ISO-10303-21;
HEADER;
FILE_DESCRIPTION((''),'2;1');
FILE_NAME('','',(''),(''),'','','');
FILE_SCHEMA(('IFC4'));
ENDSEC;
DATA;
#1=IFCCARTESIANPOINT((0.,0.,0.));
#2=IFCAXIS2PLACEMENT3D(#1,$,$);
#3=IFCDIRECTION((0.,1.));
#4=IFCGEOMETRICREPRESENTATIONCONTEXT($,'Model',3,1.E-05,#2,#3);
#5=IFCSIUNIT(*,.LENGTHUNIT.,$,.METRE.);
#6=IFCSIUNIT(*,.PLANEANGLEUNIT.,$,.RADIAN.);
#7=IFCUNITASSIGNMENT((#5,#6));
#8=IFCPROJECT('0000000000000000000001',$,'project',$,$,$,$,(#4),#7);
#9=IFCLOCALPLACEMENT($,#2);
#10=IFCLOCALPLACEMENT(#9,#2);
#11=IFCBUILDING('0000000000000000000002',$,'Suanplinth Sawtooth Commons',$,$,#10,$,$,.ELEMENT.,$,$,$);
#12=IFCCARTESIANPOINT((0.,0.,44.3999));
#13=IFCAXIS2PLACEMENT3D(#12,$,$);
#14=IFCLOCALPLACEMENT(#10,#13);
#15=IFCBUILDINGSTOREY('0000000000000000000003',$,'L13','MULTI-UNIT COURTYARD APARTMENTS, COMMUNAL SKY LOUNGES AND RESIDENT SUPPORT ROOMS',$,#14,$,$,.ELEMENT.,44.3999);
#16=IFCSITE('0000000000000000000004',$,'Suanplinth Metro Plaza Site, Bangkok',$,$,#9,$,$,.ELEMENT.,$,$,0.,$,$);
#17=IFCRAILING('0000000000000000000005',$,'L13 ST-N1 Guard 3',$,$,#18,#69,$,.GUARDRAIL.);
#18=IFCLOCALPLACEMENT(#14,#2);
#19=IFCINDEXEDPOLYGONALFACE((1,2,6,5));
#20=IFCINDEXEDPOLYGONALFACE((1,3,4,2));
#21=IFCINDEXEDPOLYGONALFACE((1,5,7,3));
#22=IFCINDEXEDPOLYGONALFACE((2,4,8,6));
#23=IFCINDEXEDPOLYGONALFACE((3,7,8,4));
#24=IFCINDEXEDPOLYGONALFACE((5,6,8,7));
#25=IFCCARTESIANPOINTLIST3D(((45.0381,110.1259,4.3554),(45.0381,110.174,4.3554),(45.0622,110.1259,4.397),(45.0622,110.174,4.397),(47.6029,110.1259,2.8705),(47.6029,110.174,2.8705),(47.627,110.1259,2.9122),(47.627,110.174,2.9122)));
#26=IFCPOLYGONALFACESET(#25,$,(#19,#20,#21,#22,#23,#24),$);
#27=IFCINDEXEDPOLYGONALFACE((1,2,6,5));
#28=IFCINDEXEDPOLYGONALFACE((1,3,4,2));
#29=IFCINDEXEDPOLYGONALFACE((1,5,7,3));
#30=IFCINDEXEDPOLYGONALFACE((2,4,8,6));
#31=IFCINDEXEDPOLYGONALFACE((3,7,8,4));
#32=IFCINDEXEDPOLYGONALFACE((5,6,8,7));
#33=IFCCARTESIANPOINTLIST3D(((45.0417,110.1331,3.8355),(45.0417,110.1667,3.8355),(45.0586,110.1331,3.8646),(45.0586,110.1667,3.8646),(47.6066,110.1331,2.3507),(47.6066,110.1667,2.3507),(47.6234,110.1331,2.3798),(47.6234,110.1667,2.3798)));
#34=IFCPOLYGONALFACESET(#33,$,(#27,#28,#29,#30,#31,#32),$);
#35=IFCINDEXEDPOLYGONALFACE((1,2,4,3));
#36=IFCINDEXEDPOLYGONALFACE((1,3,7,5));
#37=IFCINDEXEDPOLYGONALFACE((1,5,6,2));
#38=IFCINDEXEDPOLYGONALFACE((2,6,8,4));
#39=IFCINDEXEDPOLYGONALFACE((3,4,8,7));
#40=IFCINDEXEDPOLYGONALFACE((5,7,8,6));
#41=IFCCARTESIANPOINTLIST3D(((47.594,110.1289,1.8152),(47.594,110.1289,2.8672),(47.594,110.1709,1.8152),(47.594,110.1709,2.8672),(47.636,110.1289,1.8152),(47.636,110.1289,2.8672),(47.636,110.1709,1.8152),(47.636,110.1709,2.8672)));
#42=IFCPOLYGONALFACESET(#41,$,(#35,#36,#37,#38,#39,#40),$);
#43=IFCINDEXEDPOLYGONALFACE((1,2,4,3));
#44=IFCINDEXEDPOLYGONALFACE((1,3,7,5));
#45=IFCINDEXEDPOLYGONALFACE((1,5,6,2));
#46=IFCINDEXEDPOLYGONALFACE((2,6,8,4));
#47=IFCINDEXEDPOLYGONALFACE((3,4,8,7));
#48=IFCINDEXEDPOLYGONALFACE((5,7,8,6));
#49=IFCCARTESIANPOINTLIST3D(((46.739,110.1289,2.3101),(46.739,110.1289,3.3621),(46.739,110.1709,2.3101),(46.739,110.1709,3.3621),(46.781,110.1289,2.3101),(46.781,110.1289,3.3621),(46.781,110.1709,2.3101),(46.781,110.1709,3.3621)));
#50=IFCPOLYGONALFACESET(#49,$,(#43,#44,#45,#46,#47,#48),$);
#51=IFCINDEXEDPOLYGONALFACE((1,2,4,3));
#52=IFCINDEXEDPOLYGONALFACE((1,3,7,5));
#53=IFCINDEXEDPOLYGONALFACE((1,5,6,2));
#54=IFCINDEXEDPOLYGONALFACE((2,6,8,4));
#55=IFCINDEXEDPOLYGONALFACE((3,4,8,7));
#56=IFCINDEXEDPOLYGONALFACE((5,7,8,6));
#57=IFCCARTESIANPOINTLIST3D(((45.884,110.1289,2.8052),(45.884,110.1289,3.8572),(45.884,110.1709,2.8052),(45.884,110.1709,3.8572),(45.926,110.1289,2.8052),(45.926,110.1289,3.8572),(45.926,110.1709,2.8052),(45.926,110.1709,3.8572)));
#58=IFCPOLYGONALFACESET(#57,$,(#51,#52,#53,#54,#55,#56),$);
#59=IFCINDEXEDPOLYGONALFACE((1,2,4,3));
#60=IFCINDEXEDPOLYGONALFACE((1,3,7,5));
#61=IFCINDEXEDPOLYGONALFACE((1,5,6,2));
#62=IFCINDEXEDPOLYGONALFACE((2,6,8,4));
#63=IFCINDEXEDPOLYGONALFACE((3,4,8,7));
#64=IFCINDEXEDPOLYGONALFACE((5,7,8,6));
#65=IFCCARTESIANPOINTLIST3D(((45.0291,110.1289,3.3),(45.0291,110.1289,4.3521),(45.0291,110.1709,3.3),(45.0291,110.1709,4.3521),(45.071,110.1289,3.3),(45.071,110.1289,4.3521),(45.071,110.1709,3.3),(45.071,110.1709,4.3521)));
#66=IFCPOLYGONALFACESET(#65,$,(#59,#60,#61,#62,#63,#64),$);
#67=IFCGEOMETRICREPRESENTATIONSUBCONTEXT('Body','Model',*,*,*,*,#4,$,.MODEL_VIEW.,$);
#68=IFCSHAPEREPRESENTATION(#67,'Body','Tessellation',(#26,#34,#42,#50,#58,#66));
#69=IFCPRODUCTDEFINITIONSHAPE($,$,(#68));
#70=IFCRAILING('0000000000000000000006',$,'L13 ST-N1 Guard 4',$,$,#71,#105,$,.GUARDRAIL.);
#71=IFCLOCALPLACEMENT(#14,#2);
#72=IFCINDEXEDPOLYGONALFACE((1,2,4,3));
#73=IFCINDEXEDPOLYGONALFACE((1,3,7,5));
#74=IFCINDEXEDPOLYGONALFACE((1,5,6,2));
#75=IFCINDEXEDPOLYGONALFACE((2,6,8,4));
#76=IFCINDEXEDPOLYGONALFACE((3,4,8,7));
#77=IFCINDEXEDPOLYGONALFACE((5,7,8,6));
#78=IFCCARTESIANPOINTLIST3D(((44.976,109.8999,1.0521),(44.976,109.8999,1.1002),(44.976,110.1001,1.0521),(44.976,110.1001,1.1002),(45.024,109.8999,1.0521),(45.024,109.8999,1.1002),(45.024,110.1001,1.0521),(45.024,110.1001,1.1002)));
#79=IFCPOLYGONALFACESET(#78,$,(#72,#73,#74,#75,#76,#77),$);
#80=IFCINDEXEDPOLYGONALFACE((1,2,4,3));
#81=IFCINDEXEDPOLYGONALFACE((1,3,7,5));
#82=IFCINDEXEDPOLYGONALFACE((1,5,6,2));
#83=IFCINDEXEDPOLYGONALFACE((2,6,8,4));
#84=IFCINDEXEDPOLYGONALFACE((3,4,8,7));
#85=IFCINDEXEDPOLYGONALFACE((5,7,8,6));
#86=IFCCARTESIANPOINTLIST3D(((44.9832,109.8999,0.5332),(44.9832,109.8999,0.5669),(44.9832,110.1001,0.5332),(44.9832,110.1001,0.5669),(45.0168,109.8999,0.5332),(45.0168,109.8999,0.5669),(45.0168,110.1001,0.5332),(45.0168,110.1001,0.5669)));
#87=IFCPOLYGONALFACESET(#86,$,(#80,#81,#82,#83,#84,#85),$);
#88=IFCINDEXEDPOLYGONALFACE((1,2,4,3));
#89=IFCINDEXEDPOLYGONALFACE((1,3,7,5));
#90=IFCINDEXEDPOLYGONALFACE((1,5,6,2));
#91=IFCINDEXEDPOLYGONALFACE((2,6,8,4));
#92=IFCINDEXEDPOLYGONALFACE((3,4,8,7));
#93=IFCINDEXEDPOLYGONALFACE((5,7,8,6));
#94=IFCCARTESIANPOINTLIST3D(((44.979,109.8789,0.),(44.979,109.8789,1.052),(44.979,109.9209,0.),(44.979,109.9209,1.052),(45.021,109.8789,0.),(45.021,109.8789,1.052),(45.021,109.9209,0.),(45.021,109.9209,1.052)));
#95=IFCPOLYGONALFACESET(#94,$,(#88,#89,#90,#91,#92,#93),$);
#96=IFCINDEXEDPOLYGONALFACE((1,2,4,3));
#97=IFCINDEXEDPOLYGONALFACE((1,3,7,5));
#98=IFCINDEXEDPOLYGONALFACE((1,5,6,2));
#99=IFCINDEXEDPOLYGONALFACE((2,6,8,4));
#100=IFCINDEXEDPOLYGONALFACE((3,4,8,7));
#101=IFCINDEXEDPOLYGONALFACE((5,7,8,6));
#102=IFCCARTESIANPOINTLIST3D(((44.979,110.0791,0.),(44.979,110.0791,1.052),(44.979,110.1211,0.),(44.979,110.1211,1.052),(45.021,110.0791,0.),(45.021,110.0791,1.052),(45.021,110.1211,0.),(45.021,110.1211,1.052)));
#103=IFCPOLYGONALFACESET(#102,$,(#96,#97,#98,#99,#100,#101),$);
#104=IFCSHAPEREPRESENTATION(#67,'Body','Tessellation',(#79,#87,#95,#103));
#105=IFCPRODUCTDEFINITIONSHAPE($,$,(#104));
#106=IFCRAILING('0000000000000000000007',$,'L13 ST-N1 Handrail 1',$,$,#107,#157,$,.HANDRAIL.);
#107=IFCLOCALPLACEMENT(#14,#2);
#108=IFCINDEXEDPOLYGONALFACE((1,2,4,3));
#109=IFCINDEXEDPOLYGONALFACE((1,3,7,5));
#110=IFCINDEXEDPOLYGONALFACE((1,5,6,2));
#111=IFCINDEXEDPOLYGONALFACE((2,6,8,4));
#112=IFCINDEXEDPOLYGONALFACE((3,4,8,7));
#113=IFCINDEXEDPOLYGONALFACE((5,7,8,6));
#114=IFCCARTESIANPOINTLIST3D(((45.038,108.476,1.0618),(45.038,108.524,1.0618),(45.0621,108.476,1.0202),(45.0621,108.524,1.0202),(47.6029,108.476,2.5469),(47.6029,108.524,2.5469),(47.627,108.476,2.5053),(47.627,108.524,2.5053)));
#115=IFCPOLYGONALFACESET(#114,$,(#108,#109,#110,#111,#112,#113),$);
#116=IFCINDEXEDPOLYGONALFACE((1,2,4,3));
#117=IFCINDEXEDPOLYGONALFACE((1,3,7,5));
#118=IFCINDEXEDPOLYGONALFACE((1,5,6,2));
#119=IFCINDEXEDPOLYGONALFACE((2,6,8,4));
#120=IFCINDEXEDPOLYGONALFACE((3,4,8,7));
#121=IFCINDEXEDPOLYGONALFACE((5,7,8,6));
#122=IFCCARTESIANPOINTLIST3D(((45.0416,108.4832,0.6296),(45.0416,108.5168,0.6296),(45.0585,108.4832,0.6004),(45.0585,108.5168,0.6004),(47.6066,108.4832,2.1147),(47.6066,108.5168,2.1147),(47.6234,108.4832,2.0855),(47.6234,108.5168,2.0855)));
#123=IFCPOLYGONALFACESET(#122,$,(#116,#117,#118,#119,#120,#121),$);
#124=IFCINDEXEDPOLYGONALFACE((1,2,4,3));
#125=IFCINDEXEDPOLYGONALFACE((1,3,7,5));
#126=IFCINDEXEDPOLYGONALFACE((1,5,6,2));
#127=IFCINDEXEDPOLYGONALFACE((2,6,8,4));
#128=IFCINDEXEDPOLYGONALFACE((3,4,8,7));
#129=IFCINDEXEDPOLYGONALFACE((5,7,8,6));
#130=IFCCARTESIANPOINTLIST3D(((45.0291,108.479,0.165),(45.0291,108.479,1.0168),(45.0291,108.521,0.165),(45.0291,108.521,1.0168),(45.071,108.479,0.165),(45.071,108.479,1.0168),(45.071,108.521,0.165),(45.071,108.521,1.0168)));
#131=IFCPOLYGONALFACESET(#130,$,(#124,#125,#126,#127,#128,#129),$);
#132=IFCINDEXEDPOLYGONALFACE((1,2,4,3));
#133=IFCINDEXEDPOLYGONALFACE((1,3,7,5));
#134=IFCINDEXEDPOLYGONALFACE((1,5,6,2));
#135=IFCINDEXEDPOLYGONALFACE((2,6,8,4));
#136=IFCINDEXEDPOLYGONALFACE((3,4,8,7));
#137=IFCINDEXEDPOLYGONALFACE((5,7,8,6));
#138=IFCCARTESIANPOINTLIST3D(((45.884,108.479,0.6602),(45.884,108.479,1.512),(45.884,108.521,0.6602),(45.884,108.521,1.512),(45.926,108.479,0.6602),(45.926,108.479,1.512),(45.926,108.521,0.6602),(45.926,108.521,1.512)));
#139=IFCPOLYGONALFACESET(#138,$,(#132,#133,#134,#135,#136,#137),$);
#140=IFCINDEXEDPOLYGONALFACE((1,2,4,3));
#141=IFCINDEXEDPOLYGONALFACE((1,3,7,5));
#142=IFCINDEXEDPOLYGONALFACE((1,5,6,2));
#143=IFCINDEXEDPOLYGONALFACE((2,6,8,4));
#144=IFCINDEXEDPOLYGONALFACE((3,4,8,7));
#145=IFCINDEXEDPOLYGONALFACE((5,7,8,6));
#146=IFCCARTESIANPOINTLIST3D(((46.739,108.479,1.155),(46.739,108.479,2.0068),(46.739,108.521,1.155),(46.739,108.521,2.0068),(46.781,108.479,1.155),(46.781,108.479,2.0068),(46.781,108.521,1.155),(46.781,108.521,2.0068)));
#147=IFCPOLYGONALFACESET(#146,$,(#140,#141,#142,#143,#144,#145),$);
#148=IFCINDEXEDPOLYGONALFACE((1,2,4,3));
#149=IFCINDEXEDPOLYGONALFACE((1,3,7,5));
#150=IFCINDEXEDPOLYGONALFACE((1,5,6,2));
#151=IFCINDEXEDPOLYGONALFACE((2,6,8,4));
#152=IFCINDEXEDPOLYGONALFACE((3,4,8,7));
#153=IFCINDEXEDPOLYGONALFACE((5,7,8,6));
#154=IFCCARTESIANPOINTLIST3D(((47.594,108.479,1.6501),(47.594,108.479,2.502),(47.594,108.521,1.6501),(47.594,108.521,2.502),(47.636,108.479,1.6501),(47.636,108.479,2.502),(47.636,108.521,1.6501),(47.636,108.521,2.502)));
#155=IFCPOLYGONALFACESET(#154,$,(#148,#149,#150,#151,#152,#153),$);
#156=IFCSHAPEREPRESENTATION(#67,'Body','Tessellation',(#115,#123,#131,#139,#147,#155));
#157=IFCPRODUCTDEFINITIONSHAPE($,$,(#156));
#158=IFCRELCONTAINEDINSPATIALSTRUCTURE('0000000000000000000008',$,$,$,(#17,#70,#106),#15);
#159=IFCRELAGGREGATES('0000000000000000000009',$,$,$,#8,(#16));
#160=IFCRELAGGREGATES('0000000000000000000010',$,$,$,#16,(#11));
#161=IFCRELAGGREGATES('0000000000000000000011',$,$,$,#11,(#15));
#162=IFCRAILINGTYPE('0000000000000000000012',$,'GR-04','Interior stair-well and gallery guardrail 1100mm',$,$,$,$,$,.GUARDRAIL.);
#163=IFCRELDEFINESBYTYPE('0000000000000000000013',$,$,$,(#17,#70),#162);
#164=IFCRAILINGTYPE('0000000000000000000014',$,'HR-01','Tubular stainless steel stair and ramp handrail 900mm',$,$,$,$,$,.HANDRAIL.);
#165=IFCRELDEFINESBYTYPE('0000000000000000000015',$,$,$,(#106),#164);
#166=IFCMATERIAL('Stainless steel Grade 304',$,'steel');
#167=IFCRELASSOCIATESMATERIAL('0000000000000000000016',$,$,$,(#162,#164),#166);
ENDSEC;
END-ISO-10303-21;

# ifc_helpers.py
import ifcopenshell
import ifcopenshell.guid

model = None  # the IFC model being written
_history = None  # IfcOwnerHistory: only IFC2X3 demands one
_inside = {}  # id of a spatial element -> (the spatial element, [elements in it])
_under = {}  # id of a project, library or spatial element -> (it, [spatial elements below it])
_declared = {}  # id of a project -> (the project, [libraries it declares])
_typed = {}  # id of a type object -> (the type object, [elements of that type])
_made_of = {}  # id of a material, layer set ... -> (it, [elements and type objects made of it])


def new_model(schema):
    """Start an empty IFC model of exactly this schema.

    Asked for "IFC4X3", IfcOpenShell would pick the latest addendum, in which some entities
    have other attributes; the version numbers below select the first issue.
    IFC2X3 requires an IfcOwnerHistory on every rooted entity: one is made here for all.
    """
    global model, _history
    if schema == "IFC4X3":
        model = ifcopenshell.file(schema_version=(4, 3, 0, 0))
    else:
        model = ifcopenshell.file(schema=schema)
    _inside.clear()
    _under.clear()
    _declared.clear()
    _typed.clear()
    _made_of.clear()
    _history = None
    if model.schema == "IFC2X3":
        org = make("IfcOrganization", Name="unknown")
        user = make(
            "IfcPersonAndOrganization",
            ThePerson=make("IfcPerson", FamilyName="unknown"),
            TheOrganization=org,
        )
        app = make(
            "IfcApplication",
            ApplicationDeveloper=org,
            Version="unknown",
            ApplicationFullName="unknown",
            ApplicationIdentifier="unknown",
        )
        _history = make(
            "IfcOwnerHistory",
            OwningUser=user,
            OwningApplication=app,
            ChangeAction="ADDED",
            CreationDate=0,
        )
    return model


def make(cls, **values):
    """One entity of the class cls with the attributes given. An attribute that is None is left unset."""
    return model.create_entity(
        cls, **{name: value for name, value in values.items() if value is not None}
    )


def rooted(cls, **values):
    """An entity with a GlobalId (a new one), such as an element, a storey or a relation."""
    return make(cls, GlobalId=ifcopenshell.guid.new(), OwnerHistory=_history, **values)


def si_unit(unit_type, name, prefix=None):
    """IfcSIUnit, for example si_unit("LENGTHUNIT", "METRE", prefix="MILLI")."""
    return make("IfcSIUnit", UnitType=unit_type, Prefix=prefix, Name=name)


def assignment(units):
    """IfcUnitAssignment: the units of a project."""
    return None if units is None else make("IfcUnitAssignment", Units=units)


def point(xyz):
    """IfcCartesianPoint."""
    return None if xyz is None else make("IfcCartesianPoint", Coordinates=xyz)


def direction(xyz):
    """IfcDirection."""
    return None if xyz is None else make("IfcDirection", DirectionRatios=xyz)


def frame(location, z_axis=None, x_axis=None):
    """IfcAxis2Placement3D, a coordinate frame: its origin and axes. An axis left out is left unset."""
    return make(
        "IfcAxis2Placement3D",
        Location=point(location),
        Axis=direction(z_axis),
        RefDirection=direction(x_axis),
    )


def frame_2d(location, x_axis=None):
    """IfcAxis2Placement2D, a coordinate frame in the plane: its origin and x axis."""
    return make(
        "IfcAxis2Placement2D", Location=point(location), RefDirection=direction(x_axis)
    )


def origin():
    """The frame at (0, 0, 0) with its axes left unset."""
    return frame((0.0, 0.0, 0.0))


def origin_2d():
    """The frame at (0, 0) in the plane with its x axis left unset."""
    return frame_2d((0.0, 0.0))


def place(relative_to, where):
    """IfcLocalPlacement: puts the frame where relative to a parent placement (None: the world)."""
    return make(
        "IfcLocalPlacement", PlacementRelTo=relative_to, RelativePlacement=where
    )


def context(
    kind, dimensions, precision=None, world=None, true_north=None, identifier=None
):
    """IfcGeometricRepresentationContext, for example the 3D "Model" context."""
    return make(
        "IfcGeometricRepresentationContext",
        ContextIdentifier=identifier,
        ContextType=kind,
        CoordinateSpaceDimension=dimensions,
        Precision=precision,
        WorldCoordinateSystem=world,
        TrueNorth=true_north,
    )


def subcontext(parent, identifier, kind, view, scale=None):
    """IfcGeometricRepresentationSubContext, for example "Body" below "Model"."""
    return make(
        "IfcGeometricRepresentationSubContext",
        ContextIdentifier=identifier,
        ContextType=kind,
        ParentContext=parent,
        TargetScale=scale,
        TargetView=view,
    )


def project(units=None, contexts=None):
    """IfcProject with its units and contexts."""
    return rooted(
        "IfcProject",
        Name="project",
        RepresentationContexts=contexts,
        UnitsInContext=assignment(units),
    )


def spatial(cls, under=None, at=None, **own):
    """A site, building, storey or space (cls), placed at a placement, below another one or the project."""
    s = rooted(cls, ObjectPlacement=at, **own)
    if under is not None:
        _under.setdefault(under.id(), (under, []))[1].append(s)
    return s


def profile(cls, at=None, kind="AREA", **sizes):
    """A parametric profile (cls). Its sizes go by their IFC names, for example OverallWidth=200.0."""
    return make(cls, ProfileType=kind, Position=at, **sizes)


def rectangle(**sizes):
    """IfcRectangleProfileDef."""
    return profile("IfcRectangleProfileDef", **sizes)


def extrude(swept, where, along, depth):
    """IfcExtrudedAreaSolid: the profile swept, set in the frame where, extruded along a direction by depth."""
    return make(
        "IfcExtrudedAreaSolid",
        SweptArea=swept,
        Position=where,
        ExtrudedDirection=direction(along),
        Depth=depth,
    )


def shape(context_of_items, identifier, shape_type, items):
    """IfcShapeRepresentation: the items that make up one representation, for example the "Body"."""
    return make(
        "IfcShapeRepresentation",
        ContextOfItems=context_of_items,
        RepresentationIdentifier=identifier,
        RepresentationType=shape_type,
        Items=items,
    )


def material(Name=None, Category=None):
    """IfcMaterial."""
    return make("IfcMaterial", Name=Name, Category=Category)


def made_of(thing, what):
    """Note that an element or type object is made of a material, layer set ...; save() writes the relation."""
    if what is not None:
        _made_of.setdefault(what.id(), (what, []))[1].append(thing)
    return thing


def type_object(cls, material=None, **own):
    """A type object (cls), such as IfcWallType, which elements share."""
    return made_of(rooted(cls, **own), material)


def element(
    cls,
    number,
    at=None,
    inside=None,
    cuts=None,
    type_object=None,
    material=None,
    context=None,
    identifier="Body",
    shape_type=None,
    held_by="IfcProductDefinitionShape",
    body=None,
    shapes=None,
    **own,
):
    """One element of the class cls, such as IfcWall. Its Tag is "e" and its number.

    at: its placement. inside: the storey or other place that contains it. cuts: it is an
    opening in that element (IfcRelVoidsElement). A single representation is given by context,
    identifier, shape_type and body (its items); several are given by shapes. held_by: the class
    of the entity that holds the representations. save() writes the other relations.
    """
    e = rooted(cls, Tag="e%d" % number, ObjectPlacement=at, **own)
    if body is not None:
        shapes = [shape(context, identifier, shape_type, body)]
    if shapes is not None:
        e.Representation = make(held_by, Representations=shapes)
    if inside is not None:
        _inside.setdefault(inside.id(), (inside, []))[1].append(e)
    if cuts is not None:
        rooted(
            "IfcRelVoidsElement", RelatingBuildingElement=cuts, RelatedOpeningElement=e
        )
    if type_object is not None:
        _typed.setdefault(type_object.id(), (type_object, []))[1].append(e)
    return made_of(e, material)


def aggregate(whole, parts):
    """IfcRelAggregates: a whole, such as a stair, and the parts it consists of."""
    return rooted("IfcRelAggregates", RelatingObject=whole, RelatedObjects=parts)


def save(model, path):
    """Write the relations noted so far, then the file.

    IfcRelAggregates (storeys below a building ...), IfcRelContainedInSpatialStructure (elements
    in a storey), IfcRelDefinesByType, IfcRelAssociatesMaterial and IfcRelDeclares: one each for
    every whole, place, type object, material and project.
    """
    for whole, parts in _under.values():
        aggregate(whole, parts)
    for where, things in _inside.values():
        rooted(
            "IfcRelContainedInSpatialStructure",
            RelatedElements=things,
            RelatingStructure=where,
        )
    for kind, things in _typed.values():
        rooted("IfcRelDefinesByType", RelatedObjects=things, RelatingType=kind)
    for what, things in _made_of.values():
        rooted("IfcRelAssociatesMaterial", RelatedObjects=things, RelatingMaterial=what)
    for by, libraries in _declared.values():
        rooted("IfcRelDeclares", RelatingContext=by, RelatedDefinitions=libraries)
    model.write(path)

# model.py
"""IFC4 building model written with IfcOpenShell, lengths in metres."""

from ifc_helpers import new_model, si_unit, direction, frame, origin, origin_2d, place, context, subcontext, project, spatial, rectangle, extrude, material, type_object, element, save


model = new_model("IFC4")

# Units and contexts
model_context = context("Model", 3, precision=1e-05, world=origin(), true_north=direction((0.0, 1.0)))
body_context = subcontext(model_context, "Body", "Model", "MODEL_VIEW")
ifc_project = project(units=[si_unit("LENGTHUNIT", "METRE"), si_unit("PLANEANGLEUNIT", "RADIAN")], contexts=[model_context])

# Site, building, storey
site_placement = place(None, origin())
site = spatial("IfcSite", under=ifc_project, at=site_placement, Name="Suanplinth Metro Plaza Site, Bangkok", CompositionType="ELEMENT", RefElevation=0.0)
building_placement = place(site_placement, origin())
building = spatial("IfcBuilding", under=site, at=building_placement, Name="Suanplinth Sawtooth Commons", CompositionType="ELEMENT")
storey_placement = place(building_placement, frame((0.0, 0.0, 44.3999)))
storey = spatial("IfcBuildingStorey", under=building, at=storey_placement, Name="L13", Description="MULTI-UNIT COURTYARD APARTMENTS, COMMUNAL SKY LOUNGES AND RESIDENT SUPPORT ROOMS", CompositionType="ELEMENT", Elevation=44.3999)

# Railings
ifc_material_1 = material(Name="Stainless steel Grade 304", Category="steel")
railing_type_1 = type_object("IfcRailingType", Name="GR-04", Description="Interior stair-well and gallery guardrail 1100mm", PredefinedType="GUARDRAIL", material=ifc_material_1)
railing_1_placement = place(storey_placement, frame((47.615, 110.1499, 1.8152)))
element("IfcRailing", 1, at=railing_1_placement, inside=storey, type_object=railing_type_1, Name="L13 ST-N1 Guard 3", PredefinedType="GUARDRAIL", context=body_context, shape_type="SweptSolid", body=[
    extrude(rectangle(XDim=0.0481, YDim=0.0481, at=origin_2d()), frame((0.0, 0.0, 1.0762), z_axis=(-0.865441, 0.0, 0.50101), x_axis=(0.0, -1.0, 0.0)), (0.0, 0.0, 1.0), 2.9636),
    extrude(rectangle(XDim=0.0337, YDim=0.0337, at=origin_2d()), frame((0.0, 0.0, 0.55), z_axis=(-0.865441, 0.0, 0.50101), x_axis=(0.0, -1.0, 0.0)), (0.0, 0.0, 1.0), 2.9636),
    extrude(rectangle(XDim=0.042, YDim=0.042, at=origin_2d()), origin(), (0.0, 0.0, 1.0), 1.052),
    extrude(rectangle(XDim=0.042, YDim=0.042, at=origin_2d()), frame((-0.855, 0.0, 0.4949)), (0.0, 0.0, 1.0), 1.052),
    extrude(rectangle(XDim=0.042, YDim=0.042, at=origin_2d()), frame((-1.71, 0.0, 0.99)), (0.0, 0.0, 1.0), 1.052),
    extrude(rectangle(XDim=0.042, YDim=0.042, at=origin_2d()), frame((-2.5649, 0.0, 1.4849)), (0.0, 0.0, 1.0), 1.052),
])
railing_2_placement = place(storey_placement, frame((45.0, 109.8999, 0.0)))
element("IfcRailing", 2, at=railing_2_placement, inside=storey, type_object=railing_type_1, Name="L13 ST-N1 Guard 4", PredefinedType="GUARDRAIL", context=body_context, shape_type="SweptSolid", body=[
    extrude(rectangle(XDim=0.0481, YDim=0.0481, at=origin_2d()), frame((0.0, 0.0, 1.0762), z_axis=(0.0, 1.0, 0.0), x_axis=(-1.0, 0.0, 0.0)), (0.0, 0.0, 1.0), 0.2002),
    extrude(rectangle(XDim=0.0337, YDim=0.0337, at=origin_2d()), frame((0.0, 0.0, 0.55), z_axis=(0.0, 1.0, 0.0), x_axis=(-1.0, 0.0, 0.0)), (0.0, 0.0, 1.0), 0.2002),
    extrude(rectangle(XDim=0.042, YDim=0.042, at=origin_2d()), origin(), (0.0, 0.0, 1.0), 1.052),
    extrude(rectangle(XDim=0.042, YDim=0.042, at=origin_2d()), frame((0.0, 0.2002, 0.0)), (0.0, 0.0, 1.0), 1.052),
])
railing_type_2 = type_object("IfcRailingType", Name="HR-01", Description="Tubular stainless steel stair and ramp handrail 900mm", PredefinedType="HANDRAIL", material=ifc_material_1)
railing_3_placement = place(storey_placement, frame((45.05, 108.5, 0.165)))
element("IfcRailing", 3, at=railing_3_placement, inside=storey, type_object=railing_type_2, Name="L13 ST-N1 Handrail 1", PredefinedType="HANDRAIL", context=body_context, shape_type="SweptSolid", body=[
    extrude(rectangle(XDim=0.0481, YDim=0.0481, at=origin_2d()), frame((0.0, 0.0, 0.876), z_axis=(0.865406, 0.0, 0.501072), x_axis=(0.0, 1.0, 0.0)), (0.0, 0.0, 1.0), 2.9639),
    extrude(rectangle(XDim=0.0337, YDim=0.0337, at=origin_2d()), frame((0.0, 0.0, 0.45), z_axis=(0.865406, 0.0, 0.501072), x_axis=(0.0, 1.0, 0.0)), (0.0, 0.0, 1.0), 2.9639),
    extrude(rectangle(XDim=0.042, YDim=0.042, at=origin_2d()), origin(), (0.0, 0.0, 1.0), 0.8518),
    extrude(rectangle(XDim=0.042, YDim=0.042, at=origin_2d()), frame((0.855, 0.0, 0.4951)), (0.0, 0.0, 1.0), 0.8518),
    extrude(rectangle(XDim=0.042, YDim=0.042, at=origin_2d()), frame((1.71, 0.0, 0.99)), (0.0, 0.0, 1.0), 0.8518),
    extrude(rectangle(XDim=0.042, YDim=0.042, at=origin_2d()), frame((2.5649, 0.0, 1.4851)), (0.0, 0.0, 1.0), 0.8518),
])

save(model, "model.ifc")
